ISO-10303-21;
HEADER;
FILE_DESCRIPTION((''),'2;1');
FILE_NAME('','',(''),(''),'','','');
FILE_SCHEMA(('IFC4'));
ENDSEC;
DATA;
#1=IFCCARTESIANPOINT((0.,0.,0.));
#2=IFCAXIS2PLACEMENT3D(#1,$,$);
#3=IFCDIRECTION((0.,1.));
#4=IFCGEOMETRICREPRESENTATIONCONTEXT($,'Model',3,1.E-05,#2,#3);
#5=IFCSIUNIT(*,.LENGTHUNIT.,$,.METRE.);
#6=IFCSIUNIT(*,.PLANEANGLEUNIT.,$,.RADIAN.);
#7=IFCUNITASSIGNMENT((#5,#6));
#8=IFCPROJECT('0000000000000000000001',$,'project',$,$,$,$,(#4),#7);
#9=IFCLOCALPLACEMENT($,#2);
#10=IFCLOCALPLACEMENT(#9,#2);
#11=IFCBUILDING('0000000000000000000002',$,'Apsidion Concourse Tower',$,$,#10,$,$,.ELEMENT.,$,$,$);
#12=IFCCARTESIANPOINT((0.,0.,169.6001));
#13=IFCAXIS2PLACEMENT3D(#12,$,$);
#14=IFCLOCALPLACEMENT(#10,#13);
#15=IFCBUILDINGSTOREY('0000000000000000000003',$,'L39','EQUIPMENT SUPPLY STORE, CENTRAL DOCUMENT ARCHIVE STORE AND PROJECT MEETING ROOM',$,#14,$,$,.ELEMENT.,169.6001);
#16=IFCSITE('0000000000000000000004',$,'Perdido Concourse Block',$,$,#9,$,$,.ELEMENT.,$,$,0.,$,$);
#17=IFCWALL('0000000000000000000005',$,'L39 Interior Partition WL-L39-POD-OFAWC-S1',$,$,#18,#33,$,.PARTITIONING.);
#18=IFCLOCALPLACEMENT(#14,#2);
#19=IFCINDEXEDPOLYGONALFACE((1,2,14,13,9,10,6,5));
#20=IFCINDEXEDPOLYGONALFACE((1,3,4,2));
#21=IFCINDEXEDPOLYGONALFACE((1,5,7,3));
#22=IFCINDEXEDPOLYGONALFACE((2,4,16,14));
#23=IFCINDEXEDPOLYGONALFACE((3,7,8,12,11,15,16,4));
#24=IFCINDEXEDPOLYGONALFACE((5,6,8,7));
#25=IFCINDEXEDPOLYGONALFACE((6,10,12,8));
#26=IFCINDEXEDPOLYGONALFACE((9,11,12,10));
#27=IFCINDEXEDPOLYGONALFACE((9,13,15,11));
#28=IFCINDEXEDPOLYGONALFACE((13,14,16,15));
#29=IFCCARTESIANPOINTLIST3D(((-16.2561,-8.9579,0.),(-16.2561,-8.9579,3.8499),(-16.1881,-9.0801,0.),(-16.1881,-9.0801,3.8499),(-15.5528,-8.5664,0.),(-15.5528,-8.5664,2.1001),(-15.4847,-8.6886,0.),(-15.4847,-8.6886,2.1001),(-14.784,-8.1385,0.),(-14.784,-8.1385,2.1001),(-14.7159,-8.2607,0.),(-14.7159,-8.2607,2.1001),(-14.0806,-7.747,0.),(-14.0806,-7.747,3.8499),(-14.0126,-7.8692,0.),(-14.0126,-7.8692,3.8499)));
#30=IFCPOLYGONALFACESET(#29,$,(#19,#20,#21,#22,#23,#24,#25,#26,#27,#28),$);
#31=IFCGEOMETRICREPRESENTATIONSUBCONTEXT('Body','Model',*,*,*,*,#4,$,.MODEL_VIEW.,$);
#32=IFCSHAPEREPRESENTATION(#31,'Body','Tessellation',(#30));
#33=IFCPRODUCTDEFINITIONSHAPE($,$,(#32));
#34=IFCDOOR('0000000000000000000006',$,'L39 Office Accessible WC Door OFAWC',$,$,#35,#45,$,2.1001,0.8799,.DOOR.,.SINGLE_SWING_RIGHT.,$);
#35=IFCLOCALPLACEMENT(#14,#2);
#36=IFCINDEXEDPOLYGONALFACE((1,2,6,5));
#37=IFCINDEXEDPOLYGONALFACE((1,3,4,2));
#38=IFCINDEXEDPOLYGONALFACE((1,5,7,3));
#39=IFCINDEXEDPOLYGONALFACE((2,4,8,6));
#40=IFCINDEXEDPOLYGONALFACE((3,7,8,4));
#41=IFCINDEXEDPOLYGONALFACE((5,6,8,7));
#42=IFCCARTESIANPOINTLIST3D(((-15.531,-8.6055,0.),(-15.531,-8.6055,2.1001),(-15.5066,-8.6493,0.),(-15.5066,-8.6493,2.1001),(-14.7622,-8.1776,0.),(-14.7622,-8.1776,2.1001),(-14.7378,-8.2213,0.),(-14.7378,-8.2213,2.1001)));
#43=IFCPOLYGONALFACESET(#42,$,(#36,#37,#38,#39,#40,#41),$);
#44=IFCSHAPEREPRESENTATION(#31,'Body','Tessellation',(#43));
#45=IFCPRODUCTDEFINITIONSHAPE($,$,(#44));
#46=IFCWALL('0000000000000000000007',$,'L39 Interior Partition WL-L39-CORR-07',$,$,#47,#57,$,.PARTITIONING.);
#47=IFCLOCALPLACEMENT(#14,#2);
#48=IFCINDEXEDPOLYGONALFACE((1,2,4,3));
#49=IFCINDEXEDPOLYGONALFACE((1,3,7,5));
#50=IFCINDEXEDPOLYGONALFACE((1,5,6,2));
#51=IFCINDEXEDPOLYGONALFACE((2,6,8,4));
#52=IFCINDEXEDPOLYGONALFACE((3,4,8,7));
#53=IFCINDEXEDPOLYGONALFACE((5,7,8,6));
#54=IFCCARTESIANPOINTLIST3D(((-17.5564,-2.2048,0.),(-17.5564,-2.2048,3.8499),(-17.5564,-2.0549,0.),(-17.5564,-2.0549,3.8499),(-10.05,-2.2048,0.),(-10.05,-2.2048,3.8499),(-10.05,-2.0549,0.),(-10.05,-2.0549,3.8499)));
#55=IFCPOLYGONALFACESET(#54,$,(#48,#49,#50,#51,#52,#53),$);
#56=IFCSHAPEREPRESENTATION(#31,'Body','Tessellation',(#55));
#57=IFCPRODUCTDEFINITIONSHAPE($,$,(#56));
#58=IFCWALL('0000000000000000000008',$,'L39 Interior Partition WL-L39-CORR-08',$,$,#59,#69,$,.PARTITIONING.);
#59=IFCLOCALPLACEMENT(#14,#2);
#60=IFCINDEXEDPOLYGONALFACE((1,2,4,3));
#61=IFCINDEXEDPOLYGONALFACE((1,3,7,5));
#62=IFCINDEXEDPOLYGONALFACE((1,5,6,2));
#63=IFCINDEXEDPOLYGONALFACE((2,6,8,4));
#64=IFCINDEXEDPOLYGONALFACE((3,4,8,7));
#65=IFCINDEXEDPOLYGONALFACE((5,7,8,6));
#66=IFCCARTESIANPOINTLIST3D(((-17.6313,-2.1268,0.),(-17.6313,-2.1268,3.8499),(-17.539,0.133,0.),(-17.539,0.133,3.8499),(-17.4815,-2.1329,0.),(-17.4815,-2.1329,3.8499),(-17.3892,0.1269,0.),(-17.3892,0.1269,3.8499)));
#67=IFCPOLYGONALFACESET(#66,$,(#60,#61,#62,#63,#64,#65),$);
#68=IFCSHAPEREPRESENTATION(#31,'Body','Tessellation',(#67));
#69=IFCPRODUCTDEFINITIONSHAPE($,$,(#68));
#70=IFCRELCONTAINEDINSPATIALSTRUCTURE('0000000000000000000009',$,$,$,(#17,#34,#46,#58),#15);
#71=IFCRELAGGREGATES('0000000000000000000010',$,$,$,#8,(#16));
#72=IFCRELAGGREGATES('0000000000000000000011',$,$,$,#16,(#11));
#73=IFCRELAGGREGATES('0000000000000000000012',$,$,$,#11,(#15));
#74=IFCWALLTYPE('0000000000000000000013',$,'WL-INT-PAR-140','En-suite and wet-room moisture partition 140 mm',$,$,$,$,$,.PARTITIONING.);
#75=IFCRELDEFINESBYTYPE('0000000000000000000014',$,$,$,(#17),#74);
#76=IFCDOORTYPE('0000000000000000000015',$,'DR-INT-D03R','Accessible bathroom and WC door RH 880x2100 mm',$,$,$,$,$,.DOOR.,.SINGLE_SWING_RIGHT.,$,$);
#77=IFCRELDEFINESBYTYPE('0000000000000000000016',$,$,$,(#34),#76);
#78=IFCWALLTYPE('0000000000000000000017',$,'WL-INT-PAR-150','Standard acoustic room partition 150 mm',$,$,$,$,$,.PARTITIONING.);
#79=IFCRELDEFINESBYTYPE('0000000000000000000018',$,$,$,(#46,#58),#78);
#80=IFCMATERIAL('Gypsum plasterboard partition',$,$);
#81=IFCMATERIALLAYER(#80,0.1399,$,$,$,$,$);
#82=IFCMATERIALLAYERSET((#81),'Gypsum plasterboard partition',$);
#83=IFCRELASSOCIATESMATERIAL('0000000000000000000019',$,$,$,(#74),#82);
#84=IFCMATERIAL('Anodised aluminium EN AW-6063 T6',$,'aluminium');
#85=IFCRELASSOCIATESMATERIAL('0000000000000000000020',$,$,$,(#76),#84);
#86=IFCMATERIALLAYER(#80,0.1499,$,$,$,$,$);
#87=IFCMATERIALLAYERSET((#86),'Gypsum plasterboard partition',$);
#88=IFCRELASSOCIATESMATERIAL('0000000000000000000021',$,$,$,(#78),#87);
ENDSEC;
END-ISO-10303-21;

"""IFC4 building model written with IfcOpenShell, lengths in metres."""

from ifc_helpers import new_model, si_unit, direction, frame, frame_2d, origin, place, context, subcontext, project, spatial, rectangle, extrude, material, layer, layer_set, type_object, element, fill, save


model = new_model("IFC4")

# Units and contexts
model_context = context("Model", 3, precision=1e-05, world=origin(), true_north=direction((0.0, 1.0)))
body_context = subcontext(model_context, "Body", "Model", "MODEL_VIEW")
ifc_project = project(units=[si_unit("LENGTHUNIT", "METRE"), si_unit("PLANEANGLEUNIT", "RADIAN")], contexts=[model_context])

# Site, building, storey
site_placement = place(None, origin())
site = spatial("IfcSite", under=ifc_project, at=site_placement, Name="Perdido Concourse Block", CompositionType="ELEMENT", RefElevation=0.0)
building_placement = place(site_placement, origin())
building = spatial("IfcBuilding", under=site, at=building_placement, Name="Apsidion Concourse Tower", CompositionType="ELEMENT")
storey_placement = place(building_placement, frame((0.0, 0.0, 169.6001)))
storey = spatial("IfcBuildingStorey", under=building, at=storey_placement, Name="L39", Description="EQUIPMENT SUPPLY STORE, CENTRAL DOCUMENT ARCHIVE STORE AND PROJECT MEETING ROOM", CompositionType="ELEMENT", Elevation=169.6001)

# Wall, opening, door
ifc_material_1 = material(Name="Gypsum plasterboard partition")
ifc_layer_1 = layer(ifc_material_1, 0.1399)
ifc_layer_set_1 = layer_set([ifc_layer_1], Name="Gypsum plasterboard partition")
wall_type_1 = type_object("IfcWallType", Name="WL-INT-PAR-140", Description="En-suite and wet-room moisture partition 140 mm", PredefinedType="PARTITIONING", material=ifc_layer_set_1)
wall_1_placement = place(storey_placement, frame((-14.0466, -7.8081, 0.0), z_axis=(0.0, 0.0, 1.0), x_axis=(-0.873764, -0.48635, 0.0)))
wall_1 = element("IfcWall", 1, at=wall_1_placement, inside=storey, type_object=wall_type_1, Name="L39 Interior Partition WL-L39-POD-OFAWC-S1", PredefinedType="PARTITIONING", context=body_context, shape_type="SweptSolid", body=[
    extrude(rectangle(XDim=2.4897, YDim=0.1399, at=frame_2d((1.2449, 0.0))), origin(), (0.0, 0.0, 1.0), 3.8499),
])
opening_placement = place(wall_1_placement, frame((0.8049, 0.0, 0.0)))
opening = element("IfcOpeningElement", 2, at=opening_placement, cuts=wall_1, PredefinedType="OPENING", context=body_context, shape_type="SweptSolid", body=[
    extrude(rectangle(XDim=0.8799, YDim=2.1001, at=frame_2d((0.4399, 1.05))), frame((0.0, 0.0801, 0.0), z_axis=(0.0, -1.0, 0.0), x_axis=(1.0, 0.0, 0.0)), (0.0, 0.0, 1.0), 0.1599),
])
ifc_material_2 = material(Name="Anodised aluminium EN AW-6063 T6", Category="aluminium")
door_type = type_object("IfcDoorType", Name="DR-INT-D03R", Description="Accessible bathroom and WC door RH 880x2100 mm", OperationType="SINGLE_SWING_RIGHT", PredefinedType="DOOR", material=ifc_material_2)
door_placement = place(opening_placement, origin())
door = element("IfcDoor", 3, at=door_placement, inside=storey, type_object=door_type, Name="L39 Office Accessible WC Door OFAWC", OperationType="SINGLE_SWING_RIGHT", OverallHeight=2.1001, OverallWidth=0.8799, PredefinedType="DOOR", context=body_context, shape_type="SweptSolid", body=[
    extrude(rectangle(XDim=0.8799, YDim=2.1001, at=frame_2d((0.4399, 1.05))), frame((0.0, 0.0249, 0.0), z_axis=(0.0, -1.0, 0.0), x_axis=(1.0, 0.0, 0.0)), (0.0, 0.0, 1.0), 0.05),
])
fill(opening, door)

# Walls
ifc_layer_2 = layer(ifc_material_1, 0.1499)
ifc_layer_set_2 = layer_set([ifc_layer_2], Name="Gypsum plasterboard partition")
wall_type_2 = type_object("IfcWallType", Name="WL-INT-PAR-150", Description="Standard acoustic room partition 150 mm", PredefinedType="PARTITIONING", material=ifc_layer_set_2)
wall_2_placement = place(storey_placement, frame((-10.05, -2.1299, 0.0), z_axis=(0.0, 0.0, 1.0), x_axis=(-1.0, 0.0, 0.0)))
element("IfcWall", 4, at=wall_2_placement, inside=storey, type_object=wall_type_2, Name="L39 Interior Partition WL-L39-CORR-07", PredefinedType="PARTITIONING", context=body_context, shape_type="SweptSolid", body=[
    extrude(rectangle(XDim=7.5063, YDim=0.1499, at=frame_2d((3.7532, 0.0))), origin(), (0.0, 0.0, 1.0), 3.8499),
])
wall_3_placement = place(storey_placement, frame((-17.5564, -2.1299, 0.0), z_axis=(0.0, 0.0, 1.0), x_axis=(0.040804, 0.999167, 0.0)))
element("IfcWall", 5, at=wall_3_placement, inside=storey, type_object=wall_type_2, Name="L39 Interior Partition WL-L39-CORR-08", PredefinedType="PARTITIONING", context=body_context, shape_type="SweptSolid", body=[
    extrude(rectangle(XDim=2.2617, YDim=0.1499, at=frame_2d((1.1309, 0.0))), origin(), (0.0, 0.0, 1.0), 3.8499),
])

save(model, "model.ifc")
